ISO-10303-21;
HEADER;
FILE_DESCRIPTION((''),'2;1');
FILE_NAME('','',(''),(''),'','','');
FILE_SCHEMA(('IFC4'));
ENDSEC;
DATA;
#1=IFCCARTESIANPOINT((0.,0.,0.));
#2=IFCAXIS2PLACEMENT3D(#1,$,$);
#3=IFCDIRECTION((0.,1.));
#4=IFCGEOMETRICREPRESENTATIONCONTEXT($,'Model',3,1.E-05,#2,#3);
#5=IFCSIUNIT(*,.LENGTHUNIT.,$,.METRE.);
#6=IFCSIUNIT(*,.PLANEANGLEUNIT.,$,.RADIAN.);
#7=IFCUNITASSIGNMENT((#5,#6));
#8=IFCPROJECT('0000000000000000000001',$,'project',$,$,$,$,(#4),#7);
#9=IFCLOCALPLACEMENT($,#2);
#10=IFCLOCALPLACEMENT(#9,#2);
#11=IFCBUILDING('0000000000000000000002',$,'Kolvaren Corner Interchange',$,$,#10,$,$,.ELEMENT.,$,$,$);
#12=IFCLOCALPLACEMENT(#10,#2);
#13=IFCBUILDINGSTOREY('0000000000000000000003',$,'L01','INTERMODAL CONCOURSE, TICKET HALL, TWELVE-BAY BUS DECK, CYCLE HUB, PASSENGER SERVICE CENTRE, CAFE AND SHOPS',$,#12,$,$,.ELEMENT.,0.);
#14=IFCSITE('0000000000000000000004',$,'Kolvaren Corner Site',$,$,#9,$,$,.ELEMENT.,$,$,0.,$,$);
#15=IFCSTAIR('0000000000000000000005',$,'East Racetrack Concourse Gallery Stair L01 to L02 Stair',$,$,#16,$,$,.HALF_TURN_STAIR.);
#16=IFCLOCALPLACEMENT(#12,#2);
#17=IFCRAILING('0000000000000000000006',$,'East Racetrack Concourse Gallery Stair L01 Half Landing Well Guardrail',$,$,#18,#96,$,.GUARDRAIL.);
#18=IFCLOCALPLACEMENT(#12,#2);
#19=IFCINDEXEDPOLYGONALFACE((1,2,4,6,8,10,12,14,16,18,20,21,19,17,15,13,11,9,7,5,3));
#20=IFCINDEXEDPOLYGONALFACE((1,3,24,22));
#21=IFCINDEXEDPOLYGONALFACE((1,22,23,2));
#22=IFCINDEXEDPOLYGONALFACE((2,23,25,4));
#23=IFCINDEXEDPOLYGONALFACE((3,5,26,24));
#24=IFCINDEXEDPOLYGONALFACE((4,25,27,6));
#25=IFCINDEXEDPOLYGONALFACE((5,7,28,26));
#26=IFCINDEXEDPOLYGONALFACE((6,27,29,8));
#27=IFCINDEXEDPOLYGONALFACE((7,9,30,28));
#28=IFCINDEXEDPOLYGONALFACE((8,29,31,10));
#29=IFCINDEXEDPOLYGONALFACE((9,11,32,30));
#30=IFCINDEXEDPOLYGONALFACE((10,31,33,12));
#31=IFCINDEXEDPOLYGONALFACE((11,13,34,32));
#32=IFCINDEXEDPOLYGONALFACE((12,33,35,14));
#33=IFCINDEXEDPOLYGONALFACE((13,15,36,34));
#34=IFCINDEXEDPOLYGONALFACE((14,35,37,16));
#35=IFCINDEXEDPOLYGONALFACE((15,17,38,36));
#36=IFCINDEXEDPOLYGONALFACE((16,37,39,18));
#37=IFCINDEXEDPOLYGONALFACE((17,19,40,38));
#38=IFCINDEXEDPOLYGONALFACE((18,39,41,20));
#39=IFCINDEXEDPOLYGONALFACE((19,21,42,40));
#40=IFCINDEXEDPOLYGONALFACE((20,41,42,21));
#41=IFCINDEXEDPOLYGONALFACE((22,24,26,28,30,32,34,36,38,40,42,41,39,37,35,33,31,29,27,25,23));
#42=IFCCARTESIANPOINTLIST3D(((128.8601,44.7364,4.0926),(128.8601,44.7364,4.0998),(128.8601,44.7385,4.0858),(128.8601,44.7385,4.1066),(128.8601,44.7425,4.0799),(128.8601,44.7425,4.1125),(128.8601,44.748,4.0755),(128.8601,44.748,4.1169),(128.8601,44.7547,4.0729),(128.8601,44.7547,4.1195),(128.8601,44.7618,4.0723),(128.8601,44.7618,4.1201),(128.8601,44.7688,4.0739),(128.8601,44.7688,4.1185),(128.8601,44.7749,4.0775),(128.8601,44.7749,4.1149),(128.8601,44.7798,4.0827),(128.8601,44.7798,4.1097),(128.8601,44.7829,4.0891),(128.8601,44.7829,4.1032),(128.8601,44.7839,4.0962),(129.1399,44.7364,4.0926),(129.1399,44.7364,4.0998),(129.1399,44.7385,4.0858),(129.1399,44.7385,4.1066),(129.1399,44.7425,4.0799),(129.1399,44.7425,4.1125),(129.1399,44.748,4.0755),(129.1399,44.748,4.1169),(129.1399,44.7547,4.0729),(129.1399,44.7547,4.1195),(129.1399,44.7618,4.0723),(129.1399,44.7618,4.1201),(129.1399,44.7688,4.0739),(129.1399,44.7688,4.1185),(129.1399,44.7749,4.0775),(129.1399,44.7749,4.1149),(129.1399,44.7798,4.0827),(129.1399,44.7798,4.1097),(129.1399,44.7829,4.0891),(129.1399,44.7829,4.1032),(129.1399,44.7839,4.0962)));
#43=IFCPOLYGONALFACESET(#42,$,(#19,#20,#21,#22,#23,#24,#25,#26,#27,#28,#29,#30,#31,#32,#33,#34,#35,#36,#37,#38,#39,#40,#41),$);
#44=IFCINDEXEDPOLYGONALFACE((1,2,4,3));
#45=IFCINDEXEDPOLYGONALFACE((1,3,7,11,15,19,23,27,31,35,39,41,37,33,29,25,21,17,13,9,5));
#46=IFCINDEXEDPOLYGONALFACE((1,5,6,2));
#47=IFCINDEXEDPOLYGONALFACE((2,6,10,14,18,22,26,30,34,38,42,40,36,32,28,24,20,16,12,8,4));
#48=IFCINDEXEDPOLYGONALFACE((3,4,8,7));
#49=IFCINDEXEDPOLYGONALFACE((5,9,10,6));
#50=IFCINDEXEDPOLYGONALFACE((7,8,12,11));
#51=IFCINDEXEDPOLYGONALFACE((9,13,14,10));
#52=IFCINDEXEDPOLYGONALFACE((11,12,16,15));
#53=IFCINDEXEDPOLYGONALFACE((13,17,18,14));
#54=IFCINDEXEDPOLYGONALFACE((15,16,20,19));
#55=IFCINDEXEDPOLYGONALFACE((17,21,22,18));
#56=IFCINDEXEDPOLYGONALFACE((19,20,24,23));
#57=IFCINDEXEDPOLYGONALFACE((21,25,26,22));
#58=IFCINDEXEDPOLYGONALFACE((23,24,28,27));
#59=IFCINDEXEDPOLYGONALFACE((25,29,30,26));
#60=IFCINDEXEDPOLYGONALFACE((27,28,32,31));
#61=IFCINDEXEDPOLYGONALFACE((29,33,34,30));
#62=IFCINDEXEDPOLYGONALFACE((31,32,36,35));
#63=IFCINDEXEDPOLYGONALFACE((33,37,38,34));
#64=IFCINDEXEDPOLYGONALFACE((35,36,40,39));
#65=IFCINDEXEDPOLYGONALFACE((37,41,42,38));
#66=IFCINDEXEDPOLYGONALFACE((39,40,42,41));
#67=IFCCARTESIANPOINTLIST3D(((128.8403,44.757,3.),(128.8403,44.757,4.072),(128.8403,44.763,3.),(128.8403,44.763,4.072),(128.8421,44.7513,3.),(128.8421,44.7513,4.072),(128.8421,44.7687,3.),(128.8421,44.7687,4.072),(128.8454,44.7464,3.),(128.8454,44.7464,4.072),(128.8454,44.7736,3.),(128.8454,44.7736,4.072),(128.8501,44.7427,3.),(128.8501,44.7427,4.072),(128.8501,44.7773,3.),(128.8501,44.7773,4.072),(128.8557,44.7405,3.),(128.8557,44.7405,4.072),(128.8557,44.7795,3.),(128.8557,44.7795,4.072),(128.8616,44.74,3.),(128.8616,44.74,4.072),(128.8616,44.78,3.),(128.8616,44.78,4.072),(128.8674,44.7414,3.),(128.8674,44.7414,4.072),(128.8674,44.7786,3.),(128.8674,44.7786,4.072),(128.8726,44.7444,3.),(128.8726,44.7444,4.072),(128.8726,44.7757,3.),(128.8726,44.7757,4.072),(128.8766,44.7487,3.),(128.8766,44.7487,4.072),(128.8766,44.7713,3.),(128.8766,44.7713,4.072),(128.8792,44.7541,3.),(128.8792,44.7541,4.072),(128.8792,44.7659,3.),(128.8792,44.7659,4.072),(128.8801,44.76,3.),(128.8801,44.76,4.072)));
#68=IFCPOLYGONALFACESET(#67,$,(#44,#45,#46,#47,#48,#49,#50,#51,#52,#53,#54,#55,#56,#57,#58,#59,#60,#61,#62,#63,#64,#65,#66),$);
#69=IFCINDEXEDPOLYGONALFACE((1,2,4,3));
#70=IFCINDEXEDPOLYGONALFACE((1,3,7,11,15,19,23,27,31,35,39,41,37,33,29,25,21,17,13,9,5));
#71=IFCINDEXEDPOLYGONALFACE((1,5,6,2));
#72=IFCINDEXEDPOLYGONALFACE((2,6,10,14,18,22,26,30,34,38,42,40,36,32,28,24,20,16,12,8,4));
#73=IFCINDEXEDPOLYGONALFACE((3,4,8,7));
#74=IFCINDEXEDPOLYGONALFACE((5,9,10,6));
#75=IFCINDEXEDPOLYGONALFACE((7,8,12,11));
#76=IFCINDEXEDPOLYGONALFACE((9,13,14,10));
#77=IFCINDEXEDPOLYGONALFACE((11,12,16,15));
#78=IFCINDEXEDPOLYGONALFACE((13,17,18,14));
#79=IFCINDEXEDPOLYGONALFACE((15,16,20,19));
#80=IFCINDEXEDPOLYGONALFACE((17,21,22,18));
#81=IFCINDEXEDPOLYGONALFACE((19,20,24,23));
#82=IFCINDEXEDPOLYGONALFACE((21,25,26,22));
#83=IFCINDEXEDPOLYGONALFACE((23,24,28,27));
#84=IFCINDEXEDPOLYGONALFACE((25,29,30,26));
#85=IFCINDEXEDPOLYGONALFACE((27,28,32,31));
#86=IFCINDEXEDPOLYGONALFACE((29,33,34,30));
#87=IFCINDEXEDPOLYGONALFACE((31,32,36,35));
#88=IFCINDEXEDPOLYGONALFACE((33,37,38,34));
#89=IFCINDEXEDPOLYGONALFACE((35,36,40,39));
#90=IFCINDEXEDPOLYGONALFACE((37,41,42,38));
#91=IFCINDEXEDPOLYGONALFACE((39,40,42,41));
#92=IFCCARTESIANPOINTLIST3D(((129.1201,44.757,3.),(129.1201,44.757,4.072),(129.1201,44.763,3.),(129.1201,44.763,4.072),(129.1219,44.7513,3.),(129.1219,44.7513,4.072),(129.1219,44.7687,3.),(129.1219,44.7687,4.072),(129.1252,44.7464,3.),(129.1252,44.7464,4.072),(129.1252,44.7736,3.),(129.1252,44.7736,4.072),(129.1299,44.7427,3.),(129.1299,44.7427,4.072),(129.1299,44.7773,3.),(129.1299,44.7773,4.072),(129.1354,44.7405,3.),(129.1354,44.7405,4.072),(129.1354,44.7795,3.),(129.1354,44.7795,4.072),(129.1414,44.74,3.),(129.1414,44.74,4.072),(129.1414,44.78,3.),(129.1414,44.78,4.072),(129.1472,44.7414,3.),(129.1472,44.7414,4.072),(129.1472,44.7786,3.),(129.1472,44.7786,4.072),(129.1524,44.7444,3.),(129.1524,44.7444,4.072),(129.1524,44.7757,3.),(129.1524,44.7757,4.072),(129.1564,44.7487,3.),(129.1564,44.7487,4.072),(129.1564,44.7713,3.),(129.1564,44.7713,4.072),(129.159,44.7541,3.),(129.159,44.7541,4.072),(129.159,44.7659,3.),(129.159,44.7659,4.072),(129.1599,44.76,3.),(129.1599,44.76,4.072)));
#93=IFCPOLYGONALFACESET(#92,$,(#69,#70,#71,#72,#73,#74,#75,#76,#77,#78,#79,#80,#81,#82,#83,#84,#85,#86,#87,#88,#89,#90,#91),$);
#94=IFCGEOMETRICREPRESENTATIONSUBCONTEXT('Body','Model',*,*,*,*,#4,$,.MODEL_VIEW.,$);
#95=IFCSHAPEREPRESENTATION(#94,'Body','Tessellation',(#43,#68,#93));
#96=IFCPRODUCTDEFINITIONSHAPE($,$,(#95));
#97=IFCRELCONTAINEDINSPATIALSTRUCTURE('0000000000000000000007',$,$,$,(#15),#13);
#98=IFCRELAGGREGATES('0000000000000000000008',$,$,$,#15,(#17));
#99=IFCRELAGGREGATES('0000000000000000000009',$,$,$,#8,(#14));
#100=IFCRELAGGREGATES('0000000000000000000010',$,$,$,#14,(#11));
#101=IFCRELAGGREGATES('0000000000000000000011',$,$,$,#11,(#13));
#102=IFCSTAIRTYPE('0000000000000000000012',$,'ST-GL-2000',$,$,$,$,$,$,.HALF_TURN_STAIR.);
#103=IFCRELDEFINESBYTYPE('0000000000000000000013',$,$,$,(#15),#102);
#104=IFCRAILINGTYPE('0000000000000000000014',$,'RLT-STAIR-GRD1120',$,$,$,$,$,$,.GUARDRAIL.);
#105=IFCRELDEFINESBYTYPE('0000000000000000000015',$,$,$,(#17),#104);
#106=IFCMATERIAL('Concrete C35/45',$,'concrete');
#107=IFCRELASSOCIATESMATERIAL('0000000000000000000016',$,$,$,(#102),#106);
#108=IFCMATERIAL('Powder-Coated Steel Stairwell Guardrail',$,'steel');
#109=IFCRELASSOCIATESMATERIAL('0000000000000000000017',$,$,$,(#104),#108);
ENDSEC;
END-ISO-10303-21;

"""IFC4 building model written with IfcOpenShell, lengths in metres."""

from ifc_helpers import new_model, si_unit, direction, frame, origin, origin_2d, place, context, subcontext, project, spatial, circle, extrude, material, type_object, element, aggregate, save


model = new_model("IFC4")

# Units and contexts
model_context = context("Model", 3, precision=1e-05, world=origin(), true_north=direction((0.0, 1.0)))
body_context = subcontext(model_context, "Body", "Model", "MODEL_VIEW")
ifc_project = project(units=[si_unit("LENGTHUNIT", "METRE"), si_unit("PLANEANGLEUNIT", "RADIAN")], contexts=[model_context])

# Site, building, storey
site_placement = place(None, origin())
site = spatial("IfcSite", under=ifc_project, at=site_placement, Name="Kolvaren Corner Site", CompositionType="ELEMENT", RefElevation=0.0)
building_placement = place(site_placement, origin())
building = spatial("IfcBuilding", under=site, at=building_placement, Name="Kolvaren Corner Interchange", CompositionType="ELEMENT")
storey_placement = place(building_placement, origin())
storey = spatial("IfcBuildingStorey", under=building, at=storey_placement, Name="L01", Description="INTERMODAL CONCOURSE, TICKET HALL, TWELVE-BAY BUS DECK, CYCLE HUB, PASSENGER SERVICE CENTRE, CAFE AND SHOPS", CompositionType="ELEMENT", Elevation=0.0)

# Stair, railing
ifc_material_1 = material(Name="Concrete C35/45", Category="concrete")
stair_type = type_object("IfcStairType", Name="ST-GL-2000", PredefinedType="HALF_TURN_STAIR", material=ifc_material_1)
stair_placement = place(storey_placement, origin())
stair = element("IfcStair", 1, at=stair_placement, inside=storey, type_object=stair_type, Name="East Racetrack Concourse Gallery Stair L01 to L02 Stair", PredefinedType="HALF_TURN_STAIR")
ifc_material_2 = material(Name="Powder-Coated Steel Stairwell Guardrail", Category="steel")
railing_type_1 = type_object("IfcRailingType", Name="RLT-STAIR-GRD1120", PredefinedType="GUARDRAIL", material=ifc_material_2)
railing_1_placement = place(storey_placement, frame((128.8601, 44.76, 3.0)))
railing_1 = element("IfcRailing", 2, at=railing_1_placement, type_object=railing_type_1, Name="East Racetrack Concourse Gallery Stair L01 Half Landing Well Guardrail", PredefinedType="GUARDRAIL", context=body_context, shape_type="SweptSolid", body=[
    extrude(circle(Radius=0.0239, at=origin_2d()), frame((0.0, 0.0, 1.0962), z_axis=(1.0, 0.0, 0.0), x_axis=(0.0, 1.0, 0.0)), (0.0, 0.0, 1.0), 0.2798),
    extrude(circle(Radius=0.02, at=origin_2d()), origin(), (0.0, 0.0, 1.0), 1.072),
    extrude(circle(Radius=0.02, at=origin_2d()), frame((0.2798, 0.0, 0.0)), (0.0, 0.0, 1.0), 1.072),
])
aggregate(stair, [railing_1])

save(model, "model.ifc")
